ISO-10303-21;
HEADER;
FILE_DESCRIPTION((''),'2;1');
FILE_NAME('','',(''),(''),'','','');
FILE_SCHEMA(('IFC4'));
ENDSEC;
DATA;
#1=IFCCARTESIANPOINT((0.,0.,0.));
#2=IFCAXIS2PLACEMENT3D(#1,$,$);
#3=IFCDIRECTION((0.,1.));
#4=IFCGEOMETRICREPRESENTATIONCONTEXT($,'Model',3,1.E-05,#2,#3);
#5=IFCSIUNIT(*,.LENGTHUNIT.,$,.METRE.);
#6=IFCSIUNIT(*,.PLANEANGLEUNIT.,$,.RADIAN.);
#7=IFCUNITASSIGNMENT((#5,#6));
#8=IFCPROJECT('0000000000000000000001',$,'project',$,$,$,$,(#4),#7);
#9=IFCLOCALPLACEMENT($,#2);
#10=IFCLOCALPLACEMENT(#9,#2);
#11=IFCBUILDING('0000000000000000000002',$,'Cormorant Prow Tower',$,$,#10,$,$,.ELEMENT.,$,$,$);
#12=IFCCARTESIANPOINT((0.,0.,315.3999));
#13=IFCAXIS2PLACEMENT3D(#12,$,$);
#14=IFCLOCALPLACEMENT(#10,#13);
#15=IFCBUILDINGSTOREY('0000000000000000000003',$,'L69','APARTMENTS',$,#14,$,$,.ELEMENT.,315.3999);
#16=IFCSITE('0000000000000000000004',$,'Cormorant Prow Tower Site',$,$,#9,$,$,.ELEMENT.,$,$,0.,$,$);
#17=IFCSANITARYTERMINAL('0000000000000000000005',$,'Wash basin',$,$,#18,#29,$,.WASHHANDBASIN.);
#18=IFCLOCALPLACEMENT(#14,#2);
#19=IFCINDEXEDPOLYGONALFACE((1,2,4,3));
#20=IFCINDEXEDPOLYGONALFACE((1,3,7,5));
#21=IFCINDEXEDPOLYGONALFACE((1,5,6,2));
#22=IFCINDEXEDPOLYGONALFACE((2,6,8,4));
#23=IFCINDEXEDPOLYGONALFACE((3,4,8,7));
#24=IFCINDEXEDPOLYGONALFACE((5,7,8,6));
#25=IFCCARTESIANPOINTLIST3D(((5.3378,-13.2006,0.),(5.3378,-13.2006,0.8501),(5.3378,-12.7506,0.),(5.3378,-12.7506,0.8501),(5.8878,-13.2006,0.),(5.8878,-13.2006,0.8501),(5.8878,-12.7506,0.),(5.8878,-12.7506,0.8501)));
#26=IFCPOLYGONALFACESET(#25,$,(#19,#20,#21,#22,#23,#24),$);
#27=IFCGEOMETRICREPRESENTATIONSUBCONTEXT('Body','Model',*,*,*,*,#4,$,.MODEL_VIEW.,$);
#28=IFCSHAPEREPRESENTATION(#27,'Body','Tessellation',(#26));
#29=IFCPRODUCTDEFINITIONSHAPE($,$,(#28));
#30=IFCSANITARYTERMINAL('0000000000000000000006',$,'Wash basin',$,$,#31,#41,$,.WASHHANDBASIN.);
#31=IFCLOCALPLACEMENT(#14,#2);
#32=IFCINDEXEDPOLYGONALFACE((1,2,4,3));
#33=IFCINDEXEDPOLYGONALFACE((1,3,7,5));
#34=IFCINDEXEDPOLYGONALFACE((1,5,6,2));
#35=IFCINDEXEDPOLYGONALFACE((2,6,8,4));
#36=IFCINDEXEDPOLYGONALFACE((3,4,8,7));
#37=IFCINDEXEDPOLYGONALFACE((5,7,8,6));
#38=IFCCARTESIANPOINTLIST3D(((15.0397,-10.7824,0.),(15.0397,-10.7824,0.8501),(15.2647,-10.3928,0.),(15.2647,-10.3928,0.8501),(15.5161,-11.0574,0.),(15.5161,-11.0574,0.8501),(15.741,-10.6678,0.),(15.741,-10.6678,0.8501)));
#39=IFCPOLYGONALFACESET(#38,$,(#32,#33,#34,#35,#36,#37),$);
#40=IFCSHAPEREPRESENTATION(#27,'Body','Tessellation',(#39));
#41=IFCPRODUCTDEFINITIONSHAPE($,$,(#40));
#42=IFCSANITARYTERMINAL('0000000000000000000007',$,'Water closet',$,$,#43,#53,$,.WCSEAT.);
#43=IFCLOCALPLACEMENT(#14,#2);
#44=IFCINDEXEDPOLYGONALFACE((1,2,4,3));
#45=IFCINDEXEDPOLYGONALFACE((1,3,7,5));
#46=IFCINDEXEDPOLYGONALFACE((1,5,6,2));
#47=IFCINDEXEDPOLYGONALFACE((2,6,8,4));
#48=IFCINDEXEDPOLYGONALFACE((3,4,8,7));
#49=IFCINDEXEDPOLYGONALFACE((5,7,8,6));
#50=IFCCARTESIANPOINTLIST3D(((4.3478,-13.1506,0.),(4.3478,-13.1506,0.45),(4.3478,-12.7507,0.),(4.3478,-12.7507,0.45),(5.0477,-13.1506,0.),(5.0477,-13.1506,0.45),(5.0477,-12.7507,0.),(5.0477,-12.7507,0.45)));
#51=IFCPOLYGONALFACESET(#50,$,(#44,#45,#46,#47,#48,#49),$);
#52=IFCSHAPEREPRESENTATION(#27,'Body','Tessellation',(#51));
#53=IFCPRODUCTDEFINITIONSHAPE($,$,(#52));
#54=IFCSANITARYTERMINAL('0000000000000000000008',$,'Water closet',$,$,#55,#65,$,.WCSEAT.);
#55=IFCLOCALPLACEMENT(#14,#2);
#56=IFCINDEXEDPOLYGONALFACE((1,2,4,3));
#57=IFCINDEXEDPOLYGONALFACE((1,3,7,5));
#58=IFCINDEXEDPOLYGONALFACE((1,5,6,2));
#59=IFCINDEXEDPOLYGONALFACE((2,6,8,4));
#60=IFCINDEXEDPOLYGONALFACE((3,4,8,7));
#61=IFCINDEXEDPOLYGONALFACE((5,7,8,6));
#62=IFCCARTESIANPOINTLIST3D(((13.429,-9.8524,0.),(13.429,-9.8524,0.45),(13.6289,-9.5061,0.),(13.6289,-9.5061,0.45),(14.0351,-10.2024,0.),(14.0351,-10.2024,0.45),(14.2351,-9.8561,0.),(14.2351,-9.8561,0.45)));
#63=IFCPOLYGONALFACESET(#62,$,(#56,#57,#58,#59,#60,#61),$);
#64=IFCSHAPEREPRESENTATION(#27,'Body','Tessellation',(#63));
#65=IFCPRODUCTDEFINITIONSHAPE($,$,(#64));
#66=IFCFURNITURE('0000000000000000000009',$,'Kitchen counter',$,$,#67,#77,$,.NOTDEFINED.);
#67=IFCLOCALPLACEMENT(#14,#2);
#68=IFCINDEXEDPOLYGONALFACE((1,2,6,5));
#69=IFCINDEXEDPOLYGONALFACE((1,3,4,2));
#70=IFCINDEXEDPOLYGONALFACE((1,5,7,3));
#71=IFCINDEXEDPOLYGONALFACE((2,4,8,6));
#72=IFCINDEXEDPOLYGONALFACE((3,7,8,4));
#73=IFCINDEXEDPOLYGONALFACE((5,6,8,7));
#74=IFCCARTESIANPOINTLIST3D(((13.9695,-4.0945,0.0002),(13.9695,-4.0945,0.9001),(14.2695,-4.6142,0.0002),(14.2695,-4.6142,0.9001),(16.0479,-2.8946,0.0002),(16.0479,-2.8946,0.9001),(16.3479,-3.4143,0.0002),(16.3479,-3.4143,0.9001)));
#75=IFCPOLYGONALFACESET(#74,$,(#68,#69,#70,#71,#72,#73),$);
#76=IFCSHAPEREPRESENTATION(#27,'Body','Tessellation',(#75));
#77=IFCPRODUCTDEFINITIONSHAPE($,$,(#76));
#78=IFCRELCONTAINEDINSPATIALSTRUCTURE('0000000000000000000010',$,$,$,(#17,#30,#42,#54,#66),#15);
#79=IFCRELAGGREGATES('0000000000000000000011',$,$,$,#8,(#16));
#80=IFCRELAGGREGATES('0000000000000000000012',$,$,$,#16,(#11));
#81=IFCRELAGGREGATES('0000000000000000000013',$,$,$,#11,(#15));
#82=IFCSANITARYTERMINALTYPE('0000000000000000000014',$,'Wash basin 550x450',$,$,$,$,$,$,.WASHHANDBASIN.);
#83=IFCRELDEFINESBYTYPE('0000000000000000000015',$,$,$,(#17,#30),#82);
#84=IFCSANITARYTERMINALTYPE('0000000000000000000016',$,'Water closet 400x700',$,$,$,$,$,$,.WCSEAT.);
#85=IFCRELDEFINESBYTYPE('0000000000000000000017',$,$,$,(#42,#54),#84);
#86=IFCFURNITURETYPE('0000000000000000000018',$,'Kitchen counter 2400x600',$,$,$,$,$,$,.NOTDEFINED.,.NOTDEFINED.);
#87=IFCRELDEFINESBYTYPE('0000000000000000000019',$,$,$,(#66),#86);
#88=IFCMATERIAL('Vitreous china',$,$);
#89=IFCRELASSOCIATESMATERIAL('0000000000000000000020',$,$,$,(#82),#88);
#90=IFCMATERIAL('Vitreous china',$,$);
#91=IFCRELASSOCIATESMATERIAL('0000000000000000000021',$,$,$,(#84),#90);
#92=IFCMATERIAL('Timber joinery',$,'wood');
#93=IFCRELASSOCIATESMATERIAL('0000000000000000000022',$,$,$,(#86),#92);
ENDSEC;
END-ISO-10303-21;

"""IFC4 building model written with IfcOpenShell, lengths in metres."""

from ifc_helpers import new_model, si_unit, direction, frame, origin, origin_2d, place, context, subcontext, project, spatial, rectangle, extrude, material, type_object, element, save


model = new_model("IFC4")

# Units and contexts
model_context = context("Model", 3, precision=1e-05, world=origin(), true_north=direction((0.0, 1.0)))
body_context = subcontext(model_context, "Body", "Model", "MODEL_VIEW")
ifc_project = project(units=[si_unit("LENGTHUNIT", "METRE"), si_unit("PLANEANGLEUNIT", "RADIAN")], contexts=[model_context])

# Site, building, storey
site_placement = place(None, origin())
site = spatial("IfcSite", under=ifc_project, at=site_placement, Name="Cormorant Prow Tower Site", CompositionType="ELEMENT", RefElevation=0.0)
building_placement = place(site_placement, origin())
building = spatial("IfcBuilding", under=site, at=building_placement, Name="Cormorant Prow Tower", CompositionType="ELEMENT")
storey_placement = place(building_placement, frame((0.0, 0.0, 315.3999)))
storey = spatial("IfcBuildingStorey", under=building, at=storey_placement, Name="L69", Description="APARTMENTS", CompositionType="ELEMENT", Elevation=315.3999)

# Sanitary terminals
ifc_material_1 = material(Name="Vitreous china")
sanitary_terminal_type_1 = type_object("IfcSanitaryTerminalType", Name="Wash basin 550x450", PredefinedType="WASHHANDBASIN", material=ifc_material_1)
for number, where, z_axis, x_axis, name in (
    (1, (5.6128, -12.9756, 0.0), (0.0, 0.0, 1.0), (1.0, 0.0, 0.0), "Wash basin"),
    (2, (15.3904, -10.7251, 0.0), (0.0, 0.0, 1.0), (-0.866025, 0.5, 0.0), "Wash basin"),
):
    element("IfcSanitaryTerminal", number, at=place(storey_placement, frame(where, z_axis=z_axis, x_axis=x_axis)), inside=storey, type_object=sanitary_terminal_type_1, Name=name, PredefinedType="WASHHANDBASIN", context=body_context, shape_type="SweptSolid", body=[
        extrude(rectangle(XDim=0.55, YDim=0.45, at=origin_2d()), origin(), (0.0, 0.0, 1.0), 0.8501),
    ])
ifc_material_2 = material(Name="Vitreous china")
sanitary_terminal_type_2 = type_object("IfcSanitaryTerminalType", Name="Water closet 400x700", PredefinedType="WCSEAT", material=ifc_material_2)
for number, where, z_axis, x_axis, name in (
    (3, (4.6978, -12.9507, 0.0), (0.0, 0.0, 1.0), (0.0, -1.0, 0.0), "Water closet"),
    (4, (13.832, -9.8542, 0.0), (0.0, 0.0, 1.0), (0.5, 0.866025, 0.0), "Water closet"),
):
    element("IfcSanitaryTerminal", number, at=place(storey_placement, frame(where, z_axis=z_axis, x_axis=x_axis)), inside=storey, type_object=sanitary_terminal_type_2, Name=name, PredefinedType="WCSEAT", context=body_context, shape_type="SweptSolid", body=[
        extrude(rectangle(XDim=0.3999, YDim=0.7, at=origin_2d()), origin(), (0.0, 0.0, 1.0), 0.45),
    ])

# Furniture
ifc_material_3 = material(Name="Timber joinery", Category="wood")
furniture_type = type_object("IfcFurnitureType", Name="Kitchen counter 2400x600", AssemblyPlace="NOTDEFINED", PredefinedType="NOTDEFINED", material=ifc_material_3)
furniture_placement = place(storey_placement, frame((15.1587, -3.7544, 0.0002), z_axis=(0.0, 0.0, 1.0), x_axis=(0.866025, 0.5, 0.0)))
element("IfcFurniture", 5, at=furniture_placement, inside=storey, type_object=furniture_type, Name="Kitchen counter", PredefinedType="NOTDEFINED", context=body_context, shape_type="SweptSolid", body=[
    extrude(rectangle(XDim=2.3999, YDim=0.6001, at=origin_2d()), origin(), (0.0, 0.0, 1.0), 0.8999),
])

save(model, "model.ifc")
